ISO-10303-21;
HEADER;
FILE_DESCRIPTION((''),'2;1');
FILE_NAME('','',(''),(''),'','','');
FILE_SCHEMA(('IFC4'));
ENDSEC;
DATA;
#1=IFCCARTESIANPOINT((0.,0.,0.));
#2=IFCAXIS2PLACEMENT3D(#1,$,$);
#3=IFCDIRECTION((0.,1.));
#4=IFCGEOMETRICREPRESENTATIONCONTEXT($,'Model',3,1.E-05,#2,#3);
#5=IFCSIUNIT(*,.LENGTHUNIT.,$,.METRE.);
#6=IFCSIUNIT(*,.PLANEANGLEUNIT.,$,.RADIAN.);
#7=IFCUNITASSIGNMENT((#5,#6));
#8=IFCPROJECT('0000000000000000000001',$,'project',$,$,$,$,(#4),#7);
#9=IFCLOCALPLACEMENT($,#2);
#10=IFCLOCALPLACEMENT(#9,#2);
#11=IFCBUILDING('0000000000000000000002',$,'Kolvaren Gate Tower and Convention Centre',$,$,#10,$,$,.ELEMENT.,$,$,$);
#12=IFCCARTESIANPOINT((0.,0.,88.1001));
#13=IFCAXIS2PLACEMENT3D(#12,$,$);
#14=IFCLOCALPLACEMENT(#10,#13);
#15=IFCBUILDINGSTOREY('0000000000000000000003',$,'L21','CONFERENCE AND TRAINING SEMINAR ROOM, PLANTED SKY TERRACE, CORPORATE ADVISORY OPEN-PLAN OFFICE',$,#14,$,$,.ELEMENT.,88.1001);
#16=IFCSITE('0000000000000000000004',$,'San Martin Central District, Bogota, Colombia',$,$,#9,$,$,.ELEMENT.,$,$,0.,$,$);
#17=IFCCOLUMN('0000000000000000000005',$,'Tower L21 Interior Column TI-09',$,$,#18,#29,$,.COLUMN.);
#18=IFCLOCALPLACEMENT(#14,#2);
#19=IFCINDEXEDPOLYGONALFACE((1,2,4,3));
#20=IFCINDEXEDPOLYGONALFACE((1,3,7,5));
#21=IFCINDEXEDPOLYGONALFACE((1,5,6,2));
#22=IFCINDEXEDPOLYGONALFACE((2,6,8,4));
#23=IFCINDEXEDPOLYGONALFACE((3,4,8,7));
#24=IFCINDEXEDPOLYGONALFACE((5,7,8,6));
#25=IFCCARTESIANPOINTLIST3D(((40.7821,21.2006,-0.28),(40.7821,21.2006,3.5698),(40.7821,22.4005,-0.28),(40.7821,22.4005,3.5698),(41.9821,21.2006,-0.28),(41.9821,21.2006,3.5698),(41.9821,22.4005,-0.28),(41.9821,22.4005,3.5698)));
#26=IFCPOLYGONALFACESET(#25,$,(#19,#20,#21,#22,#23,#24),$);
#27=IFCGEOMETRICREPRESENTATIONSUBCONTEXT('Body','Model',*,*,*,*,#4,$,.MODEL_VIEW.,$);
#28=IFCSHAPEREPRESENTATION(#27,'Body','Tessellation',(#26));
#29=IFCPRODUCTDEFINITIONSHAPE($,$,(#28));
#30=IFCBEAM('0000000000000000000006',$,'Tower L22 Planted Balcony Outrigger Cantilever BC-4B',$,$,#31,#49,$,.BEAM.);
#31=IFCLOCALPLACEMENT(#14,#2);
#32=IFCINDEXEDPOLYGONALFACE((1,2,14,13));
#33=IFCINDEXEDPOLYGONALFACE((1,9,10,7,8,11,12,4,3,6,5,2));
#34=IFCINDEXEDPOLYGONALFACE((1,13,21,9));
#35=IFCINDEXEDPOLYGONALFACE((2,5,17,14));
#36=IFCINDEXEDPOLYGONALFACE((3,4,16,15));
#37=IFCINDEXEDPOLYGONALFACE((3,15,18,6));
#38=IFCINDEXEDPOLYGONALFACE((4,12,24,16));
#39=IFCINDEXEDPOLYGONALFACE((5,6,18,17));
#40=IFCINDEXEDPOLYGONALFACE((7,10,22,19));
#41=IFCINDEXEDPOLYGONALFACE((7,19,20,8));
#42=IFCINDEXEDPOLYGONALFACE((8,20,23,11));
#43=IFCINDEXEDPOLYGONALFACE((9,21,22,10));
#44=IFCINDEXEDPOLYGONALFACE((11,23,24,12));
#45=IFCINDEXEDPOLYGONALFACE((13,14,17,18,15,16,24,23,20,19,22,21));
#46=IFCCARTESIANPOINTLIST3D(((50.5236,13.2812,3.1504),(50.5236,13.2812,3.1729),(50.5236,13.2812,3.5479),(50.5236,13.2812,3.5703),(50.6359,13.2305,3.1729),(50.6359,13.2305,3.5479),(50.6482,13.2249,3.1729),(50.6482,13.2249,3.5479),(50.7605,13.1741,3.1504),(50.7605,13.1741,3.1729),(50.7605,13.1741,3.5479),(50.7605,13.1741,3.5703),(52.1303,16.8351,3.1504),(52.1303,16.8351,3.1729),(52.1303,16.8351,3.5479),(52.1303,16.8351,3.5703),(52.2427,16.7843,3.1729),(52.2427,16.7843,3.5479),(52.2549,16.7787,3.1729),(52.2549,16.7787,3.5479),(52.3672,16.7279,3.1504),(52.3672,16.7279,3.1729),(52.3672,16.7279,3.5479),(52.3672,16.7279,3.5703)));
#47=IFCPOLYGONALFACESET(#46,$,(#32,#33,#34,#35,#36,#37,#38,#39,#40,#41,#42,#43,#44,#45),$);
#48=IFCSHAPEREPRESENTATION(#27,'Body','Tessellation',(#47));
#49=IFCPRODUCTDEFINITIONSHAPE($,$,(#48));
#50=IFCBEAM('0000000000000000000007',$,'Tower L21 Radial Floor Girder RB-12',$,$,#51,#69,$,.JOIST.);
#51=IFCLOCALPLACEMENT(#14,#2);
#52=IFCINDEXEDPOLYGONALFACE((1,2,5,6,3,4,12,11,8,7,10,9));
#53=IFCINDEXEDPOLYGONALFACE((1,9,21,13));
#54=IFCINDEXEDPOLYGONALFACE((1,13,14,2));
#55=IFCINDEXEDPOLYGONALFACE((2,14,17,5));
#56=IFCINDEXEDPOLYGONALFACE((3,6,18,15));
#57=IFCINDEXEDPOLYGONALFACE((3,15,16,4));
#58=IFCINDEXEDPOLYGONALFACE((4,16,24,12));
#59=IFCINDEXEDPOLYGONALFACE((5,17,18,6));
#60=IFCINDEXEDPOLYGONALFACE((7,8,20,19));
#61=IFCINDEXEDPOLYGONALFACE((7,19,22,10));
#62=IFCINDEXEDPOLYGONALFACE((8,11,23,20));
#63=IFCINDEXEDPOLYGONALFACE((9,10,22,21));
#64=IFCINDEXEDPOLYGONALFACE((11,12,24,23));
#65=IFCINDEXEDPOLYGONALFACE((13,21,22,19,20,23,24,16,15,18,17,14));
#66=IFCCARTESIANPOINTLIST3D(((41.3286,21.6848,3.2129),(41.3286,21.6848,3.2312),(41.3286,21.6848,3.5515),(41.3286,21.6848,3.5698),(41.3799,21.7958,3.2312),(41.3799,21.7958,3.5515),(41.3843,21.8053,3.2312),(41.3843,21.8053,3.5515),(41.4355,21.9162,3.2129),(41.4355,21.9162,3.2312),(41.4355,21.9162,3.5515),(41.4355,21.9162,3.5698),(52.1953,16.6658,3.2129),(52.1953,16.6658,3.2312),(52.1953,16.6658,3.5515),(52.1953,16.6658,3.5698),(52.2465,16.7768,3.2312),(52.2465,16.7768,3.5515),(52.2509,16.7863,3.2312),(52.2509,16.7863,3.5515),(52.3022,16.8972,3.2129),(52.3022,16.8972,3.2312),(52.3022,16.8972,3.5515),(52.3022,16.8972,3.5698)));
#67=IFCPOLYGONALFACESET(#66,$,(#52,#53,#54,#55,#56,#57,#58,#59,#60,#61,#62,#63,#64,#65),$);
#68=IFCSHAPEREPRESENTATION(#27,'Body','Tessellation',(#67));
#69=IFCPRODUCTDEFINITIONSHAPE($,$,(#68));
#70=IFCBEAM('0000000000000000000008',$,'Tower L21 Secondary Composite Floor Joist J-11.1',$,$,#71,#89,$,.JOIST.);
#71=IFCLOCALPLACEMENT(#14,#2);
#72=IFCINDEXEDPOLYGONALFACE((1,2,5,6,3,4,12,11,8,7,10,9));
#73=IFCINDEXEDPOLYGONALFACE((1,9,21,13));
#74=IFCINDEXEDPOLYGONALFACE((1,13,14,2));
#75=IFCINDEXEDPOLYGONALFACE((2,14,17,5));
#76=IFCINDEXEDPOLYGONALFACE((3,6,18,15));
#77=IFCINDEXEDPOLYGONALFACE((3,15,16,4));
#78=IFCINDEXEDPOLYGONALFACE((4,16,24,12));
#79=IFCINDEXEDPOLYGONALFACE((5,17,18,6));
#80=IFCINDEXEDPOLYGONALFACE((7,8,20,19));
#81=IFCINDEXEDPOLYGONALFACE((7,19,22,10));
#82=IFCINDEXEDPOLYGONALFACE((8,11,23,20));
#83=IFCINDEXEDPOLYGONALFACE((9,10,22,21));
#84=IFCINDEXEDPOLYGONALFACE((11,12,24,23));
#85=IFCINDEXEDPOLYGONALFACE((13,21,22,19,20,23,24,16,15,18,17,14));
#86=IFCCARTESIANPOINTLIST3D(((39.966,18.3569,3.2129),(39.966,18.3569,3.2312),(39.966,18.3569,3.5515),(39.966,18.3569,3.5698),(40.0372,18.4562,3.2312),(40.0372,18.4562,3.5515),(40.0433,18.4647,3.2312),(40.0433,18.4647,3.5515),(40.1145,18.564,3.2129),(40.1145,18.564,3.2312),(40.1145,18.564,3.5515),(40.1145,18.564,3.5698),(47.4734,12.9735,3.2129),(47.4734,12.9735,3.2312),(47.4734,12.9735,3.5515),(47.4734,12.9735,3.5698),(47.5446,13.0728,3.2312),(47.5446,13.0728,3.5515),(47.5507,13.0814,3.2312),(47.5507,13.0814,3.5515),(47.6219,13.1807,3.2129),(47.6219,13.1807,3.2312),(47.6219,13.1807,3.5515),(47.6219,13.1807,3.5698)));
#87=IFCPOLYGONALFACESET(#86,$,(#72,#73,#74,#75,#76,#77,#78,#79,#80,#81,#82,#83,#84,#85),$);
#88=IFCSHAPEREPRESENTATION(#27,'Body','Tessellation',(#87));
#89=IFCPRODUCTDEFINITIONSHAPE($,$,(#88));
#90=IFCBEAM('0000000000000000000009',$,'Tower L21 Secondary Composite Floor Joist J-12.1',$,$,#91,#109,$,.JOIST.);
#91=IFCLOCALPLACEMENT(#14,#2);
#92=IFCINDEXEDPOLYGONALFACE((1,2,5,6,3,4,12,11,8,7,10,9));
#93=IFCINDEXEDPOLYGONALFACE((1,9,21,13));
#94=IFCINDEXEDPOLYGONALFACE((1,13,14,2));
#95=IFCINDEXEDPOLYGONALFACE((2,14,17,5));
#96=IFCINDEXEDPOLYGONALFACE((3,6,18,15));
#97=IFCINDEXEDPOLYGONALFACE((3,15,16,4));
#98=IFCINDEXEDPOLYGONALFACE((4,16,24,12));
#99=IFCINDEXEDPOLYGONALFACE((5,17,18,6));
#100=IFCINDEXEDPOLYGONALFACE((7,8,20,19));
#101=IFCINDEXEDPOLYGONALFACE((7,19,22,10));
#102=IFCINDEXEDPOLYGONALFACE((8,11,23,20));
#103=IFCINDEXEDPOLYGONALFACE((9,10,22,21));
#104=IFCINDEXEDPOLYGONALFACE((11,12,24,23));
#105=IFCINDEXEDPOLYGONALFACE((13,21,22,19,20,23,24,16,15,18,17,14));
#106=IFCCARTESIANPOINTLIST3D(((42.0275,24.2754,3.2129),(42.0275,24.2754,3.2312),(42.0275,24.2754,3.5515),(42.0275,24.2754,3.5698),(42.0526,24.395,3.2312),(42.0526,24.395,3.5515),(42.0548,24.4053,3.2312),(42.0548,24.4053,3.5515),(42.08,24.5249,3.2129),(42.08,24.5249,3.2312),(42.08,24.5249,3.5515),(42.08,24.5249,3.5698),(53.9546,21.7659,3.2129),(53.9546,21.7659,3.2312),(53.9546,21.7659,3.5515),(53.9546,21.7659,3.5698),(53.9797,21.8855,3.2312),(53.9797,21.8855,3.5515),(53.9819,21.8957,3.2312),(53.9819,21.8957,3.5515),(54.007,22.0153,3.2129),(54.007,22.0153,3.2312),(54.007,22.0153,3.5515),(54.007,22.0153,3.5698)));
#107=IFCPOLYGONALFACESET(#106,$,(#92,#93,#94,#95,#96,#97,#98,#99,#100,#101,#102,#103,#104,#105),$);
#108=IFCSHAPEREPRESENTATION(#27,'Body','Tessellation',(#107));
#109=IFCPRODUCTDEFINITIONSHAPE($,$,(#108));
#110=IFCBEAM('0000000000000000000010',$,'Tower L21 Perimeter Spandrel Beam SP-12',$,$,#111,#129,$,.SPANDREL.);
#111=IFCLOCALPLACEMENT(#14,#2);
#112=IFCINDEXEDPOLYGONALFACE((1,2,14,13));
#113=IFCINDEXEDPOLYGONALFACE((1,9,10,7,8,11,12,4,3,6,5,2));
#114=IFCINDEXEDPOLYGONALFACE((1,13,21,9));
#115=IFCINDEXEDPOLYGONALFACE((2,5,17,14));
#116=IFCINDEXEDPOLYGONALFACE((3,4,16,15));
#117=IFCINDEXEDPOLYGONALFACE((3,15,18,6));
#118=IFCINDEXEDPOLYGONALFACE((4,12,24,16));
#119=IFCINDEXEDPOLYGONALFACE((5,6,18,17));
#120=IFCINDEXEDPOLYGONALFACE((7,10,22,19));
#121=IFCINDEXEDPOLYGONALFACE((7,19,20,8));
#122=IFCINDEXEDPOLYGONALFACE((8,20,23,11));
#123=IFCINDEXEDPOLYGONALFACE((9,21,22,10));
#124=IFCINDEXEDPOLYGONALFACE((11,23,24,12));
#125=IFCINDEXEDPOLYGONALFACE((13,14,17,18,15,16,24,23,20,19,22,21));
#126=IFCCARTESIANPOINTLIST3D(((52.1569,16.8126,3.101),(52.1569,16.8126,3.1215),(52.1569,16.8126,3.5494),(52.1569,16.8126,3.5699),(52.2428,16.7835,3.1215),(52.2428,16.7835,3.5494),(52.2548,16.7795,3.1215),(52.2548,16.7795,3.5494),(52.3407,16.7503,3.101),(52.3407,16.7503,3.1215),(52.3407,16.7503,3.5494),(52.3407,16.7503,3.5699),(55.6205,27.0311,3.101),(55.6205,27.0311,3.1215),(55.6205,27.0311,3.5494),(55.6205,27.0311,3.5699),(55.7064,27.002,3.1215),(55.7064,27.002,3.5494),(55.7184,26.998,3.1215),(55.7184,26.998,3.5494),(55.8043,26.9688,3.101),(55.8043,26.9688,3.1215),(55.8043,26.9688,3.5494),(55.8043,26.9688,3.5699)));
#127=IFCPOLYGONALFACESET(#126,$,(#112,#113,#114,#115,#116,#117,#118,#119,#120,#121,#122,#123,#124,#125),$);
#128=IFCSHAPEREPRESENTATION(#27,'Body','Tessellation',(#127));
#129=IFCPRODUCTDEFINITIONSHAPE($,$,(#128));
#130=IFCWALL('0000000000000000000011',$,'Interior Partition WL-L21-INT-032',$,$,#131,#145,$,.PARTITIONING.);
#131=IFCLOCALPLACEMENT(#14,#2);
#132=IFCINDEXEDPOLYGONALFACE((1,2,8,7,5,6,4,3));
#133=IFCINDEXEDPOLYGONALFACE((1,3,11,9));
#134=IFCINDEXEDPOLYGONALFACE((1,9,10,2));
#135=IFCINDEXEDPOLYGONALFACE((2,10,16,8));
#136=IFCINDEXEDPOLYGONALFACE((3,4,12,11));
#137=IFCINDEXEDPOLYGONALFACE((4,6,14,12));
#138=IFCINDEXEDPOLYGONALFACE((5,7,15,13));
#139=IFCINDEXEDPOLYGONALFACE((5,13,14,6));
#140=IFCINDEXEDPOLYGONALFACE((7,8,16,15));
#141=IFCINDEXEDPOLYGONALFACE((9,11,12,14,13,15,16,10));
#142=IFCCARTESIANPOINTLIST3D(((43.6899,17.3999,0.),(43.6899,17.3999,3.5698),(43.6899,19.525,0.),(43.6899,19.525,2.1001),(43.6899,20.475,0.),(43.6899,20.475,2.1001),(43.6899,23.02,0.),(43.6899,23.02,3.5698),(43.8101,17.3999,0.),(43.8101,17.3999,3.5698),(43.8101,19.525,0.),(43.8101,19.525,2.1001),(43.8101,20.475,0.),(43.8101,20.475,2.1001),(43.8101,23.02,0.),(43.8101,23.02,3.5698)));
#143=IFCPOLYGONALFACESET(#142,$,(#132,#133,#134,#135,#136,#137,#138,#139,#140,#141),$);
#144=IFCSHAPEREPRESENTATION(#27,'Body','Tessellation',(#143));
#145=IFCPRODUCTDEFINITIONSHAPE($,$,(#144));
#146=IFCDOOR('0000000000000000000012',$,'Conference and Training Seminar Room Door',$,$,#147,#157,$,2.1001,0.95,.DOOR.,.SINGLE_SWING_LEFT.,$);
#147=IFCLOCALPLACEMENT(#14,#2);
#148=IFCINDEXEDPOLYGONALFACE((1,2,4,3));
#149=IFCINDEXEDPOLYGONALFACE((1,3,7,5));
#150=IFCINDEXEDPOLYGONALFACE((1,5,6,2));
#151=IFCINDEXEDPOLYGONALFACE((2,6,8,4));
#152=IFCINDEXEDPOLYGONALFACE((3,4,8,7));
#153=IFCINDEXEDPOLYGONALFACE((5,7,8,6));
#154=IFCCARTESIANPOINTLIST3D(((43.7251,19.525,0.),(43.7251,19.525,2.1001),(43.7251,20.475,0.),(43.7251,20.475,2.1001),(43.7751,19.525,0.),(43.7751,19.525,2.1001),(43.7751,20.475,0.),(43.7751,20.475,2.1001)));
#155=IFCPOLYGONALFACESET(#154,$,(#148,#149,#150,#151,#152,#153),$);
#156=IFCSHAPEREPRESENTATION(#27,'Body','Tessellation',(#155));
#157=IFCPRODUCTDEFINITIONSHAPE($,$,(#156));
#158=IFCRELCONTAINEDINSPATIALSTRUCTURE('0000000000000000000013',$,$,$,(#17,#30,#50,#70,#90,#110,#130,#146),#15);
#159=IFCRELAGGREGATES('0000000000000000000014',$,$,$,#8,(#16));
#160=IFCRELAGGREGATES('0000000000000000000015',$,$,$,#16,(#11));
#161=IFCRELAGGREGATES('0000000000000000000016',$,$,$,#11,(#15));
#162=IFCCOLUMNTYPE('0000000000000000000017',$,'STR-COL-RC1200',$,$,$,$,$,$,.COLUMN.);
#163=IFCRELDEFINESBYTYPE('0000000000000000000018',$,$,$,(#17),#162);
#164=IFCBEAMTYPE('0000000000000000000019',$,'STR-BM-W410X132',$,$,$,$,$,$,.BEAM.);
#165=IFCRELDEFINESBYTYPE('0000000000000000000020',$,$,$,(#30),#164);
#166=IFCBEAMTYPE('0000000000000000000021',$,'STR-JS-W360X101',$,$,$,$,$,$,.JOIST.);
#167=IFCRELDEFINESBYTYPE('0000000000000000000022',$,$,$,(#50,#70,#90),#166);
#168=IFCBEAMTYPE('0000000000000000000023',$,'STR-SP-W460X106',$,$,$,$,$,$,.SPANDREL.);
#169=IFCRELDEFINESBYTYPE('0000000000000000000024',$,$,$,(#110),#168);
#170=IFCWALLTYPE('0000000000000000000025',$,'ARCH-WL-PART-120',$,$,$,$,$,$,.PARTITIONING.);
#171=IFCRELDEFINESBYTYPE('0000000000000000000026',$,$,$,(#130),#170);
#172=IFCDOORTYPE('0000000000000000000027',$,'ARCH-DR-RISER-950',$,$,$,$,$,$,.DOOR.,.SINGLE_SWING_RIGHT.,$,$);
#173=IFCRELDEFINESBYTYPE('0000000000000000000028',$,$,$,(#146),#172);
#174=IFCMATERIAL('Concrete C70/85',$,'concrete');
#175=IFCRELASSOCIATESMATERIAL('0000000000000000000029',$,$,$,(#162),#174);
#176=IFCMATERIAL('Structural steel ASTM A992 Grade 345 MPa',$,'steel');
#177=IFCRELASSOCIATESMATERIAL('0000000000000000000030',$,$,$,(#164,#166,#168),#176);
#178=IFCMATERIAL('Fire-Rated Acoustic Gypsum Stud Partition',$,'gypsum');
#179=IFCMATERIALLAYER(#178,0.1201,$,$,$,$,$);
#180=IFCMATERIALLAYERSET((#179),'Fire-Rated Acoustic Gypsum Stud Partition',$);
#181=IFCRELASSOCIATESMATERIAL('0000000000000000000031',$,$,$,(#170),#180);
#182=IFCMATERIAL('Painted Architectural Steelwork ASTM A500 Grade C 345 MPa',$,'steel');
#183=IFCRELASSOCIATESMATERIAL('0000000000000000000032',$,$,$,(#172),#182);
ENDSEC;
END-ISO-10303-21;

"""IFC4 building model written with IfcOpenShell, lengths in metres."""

from ifc_helpers import new_model, si_unit, direction, frame, frame_2d, origin, origin_2d, place, context, subcontext, project, spatial, rectangle, i_section, extrude, material, layer, layer_set, material_profile, profile_set, type_object, element, fill, save


model = new_model("IFC4")

# Units and contexts
model_context = context("Model", 3, precision=1e-05, world=origin(), true_north=direction((0.0, 1.0)))
body_context = subcontext(model_context, "Body", "Model", "MODEL_VIEW")
ifc_project = project(units=[si_unit("LENGTHUNIT", "METRE"), si_unit("PLANEANGLEUNIT", "RADIAN")], contexts=[model_context])

# Site, building, storey
site_placement = place(None, origin())
site = spatial("IfcSite", under=ifc_project, at=site_placement, Name="San Martin Central District, Bogota, Colombia", CompositionType="ELEMENT", RefElevation=0.0)
building_placement = place(site_placement, origin())
building = spatial("IfcBuilding", under=site, at=building_placement, Name="Kolvaren Gate Tower and Convention Centre", CompositionType="ELEMENT")
storey_placement = place(building_placement, frame((0.0, 0.0, 88.1001)))
storey = spatial("IfcBuildingStorey", under=building, at=storey_placement, Name="L21", Description="CONFERENCE AND TRAINING SEMINAR ROOM, PLANTED SKY TERRACE, CORPORATE ADVISORY OPEN-PLAN OFFICE", CompositionType="ELEMENT", Elevation=88.1001)

# Column
ifc_material_1 = material(Name="Concrete C70/85", Category="concrete")
ifc_material_profile_1 = material_profile(ifc_material_1, rectangle(XDim=1.2, YDim=1.2, at=origin_2d()), Name="RC-COL-1200X1200")
ifc_profile_set_1 = profile_set([ifc_material_profile_1], Name="Concrete C70/85")
column_type = type_object("IfcColumnType", Name="STR-COL-RC1200", PredefinedType="COLUMN", material=ifc_profile_set_1)
column_placement = place(storey_placement, frame((41.3821, 21.8005, -0.28), z_axis=(0.0, 0.0, 1.0), x_axis=(1.0, 0.0, 0.0)))
element("IfcColumn", 1, at=column_placement, inside=storey, type_object=column_type, Name="Tower L21 Interior Column TI-09", PredefinedType="COLUMN", context=body_context, shape_type="SweptSolid", body=[
    extrude(rectangle(XDim=1.2, YDim=1.2, at=origin_2d()), origin(), (0.0, 0.0, 1.0), 3.8499),
])

# Beams
ifc_material_2 = material(Name="Structural steel ASTM A992 Grade 345 MPa", Category="steel")
ifc_material_profile_2 = material_profile(ifc_material_2, i_section(OverallWidth=0.26, OverallDepth=0.4199, WebThickness=0.0134, FlangeThickness=0.0225, at=origin_2d()), Name="W410X132")
ifc_profile_set_2 = profile_set([ifc_material_profile_2], Name="Structural steel ASTM A992 Grade 345 MPa")
beam_type_1 = type_object("IfcBeamType", Name="STR-BM-W410X132", PredefinedType="BEAM", material=ifc_profile_set_2)
beam_1_placement = place(storey_placement, frame((52.2488, 16.7815, 3.3604), z_axis=(-0.411967, -0.911199, 0.0), x_axis=(0.911199, -0.411967, 0.0)))
element("IfcBeam", 2, at=beam_1_placement, inside=storey, type_object=beam_type_1, Name="Tower L22 Planted Balcony Outrigger Cantilever BC-4B", PredefinedType="BEAM", context=body_context, shape_type="SweptSolid", body=[
    extrude(i_section(OverallWidth=0.26, OverallDepth=0.4199, WebThickness=0.0134, FlangeThickness=0.0225, at=origin_2d()), origin(), (0.0, 0.0, 1.0), 3.9001),
])
ifc_material_profile_3 = material_profile(ifc_material_2, i_section(OverallWidth=0.2549, OverallDepth=0.3569, WebThickness=0.0105, FlangeThickness=0.0183, at=origin_2d()), Name="W360X101")
ifc_profile_set_3 = profile_set([ifc_material_profile_3], Name="Structural steel ASTM A992 Grade 345 MPa")
beam_type_2 = type_object("IfcBeamType", Name="STR-JS-W360X101", PredefinedType="JOIST", material=ifc_profile_set_3)
beam_2_placement = place(storey_placement, frame((41.3821, 21.8005, 3.3914), z_axis=(0.907844, -0.419309, 0.0), x_axis=(0.419309, 0.907844, 0.0)))
element("IfcBeam", 3, at=beam_2_placement, inside=storey, type_object=beam_type_2, Name="Tower L21 Radial Floor Girder RB-12", PredefinedType="JOIST", context=body_context, shape_type="SweptSolid", body=[
    extrude(i_section(OverallWidth=0.2549, OverallDepth=0.3569, WebThickness=0.0105, FlangeThickness=0.0183, at=origin_2d()), origin(), (0.0, 0.0, 1.0), 11.9697),
])
beam_3_placement = place(storey_placement, frame((40.0403, 18.4604, 3.3914), z_axis=(0.812661, -0.582737, 0.0), x_axis=(0.582737, 0.812661, 0.0)))
element("IfcBeam", 4, at=beam_3_placement, inside=storey, type_object=beam_type_2, Name="Tower L21 Secondary Composite Floor Joist J-11.1", PredefinedType="JOIST", context=body_context, shape_type="SweptSolid", body=[
    extrude(i_section(OverallWidth=0.2549, OverallDepth=0.3569, WebThickness=0.0105, FlangeThickness=0.0183, at=origin_2d()), origin(), (0.0, 0.0, 1.0), 9.238),
])
beam_4_placement = place(storey_placement, frame((42.0537, 24.4001, 3.3914), z_axis=(0.978573, -0.205898, 0.0), x_axis=(0.205898, 0.978573, 0.0)))
element("IfcBeam", 5, at=beam_4_placement, inside=storey, type_object=beam_type_2, Name="Tower L21 Secondary Composite Floor Joist J-12.1", PredefinedType="JOIST", context=body_context, shape_type="SweptSolid", body=[
    extrude(i_section(OverallWidth=0.2549, OverallDepth=0.3569, WebThickness=0.0105, FlangeThickness=0.0183, at=origin_2d()), origin(), (0.0, 0.0, 1.0), 12.1882),
])
ifc_material_profile_4 = material_profile(ifc_material_2, i_section(OverallWidth=0.1941, OverallDepth=0.469, WebThickness=0.0127, FlangeThickness=0.0205, at=origin_2d()), Name="W460X106")
ifc_profile_set_4 = profile_set([ifc_material_profile_4], Name="Structural steel ASTM A992 Grade 345 MPa")
beam_type_3 = type_object("IfcBeamType", Name="STR-SP-W460X106", PredefinedType="SPANDREL", material=ifc_profile_set_4)
beam_5_placement = place(storey_placement, frame((52.2488, 16.7815, 3.3354), z_axis=(0.321016, 0.947074, 0.0), x_axis=(-0.947074, 0.321016, 0.0)))
element("IfcBeam", 6, at=beam_5_placement, inside=storey, type_object=beam_type_3, Name="Tower L21 Perimeter Spandrel Beam SP-12", PredefinedType="SPANDREL", context=body_context, shape_type="SweptSolid", body=[
    extrude(i_section(OverallWidth=0.1941, OverallDepth=0.469, WebThickness=0.0127, FlangeThickness=0.0205, at=origin_2d()), origin(), (0.0, 0.0, 1.0), 10.7896),
])

# Wall, opening, door
ifc_material_3 = material(Name="Fire-Rated Acoustic Gypsum Stud Partition", Category="gypsum")
ifc_layer_1 = layer(ifc_material_3, 0.1201)
ifc_layer_set_1 = layer_set([ifc_layer_1], Name="Fire-Rated Acoustic Gypsum Stud Partition")
wall_type_1 = type_object("IfcWallType", Name="ARCH-WL-PART-120", PredefinedType="PARTITIONING", material=ifc_layer_set_1)
wall_1_placement = place(storey_placement, frame((43.75, 17.3999, 0.0), z_axis=(0.0, 0.0, 1.0), x_axis=(0.0, 1.0, 0.0)))
wall_1 = element("IfcWall", 7, at=wall_1_placement, inside=storey, type_object=wall_type_1, Name="Interior Partition WL-L21-INT-032", PredefinedType="PARTITIONING", context=body_context, shape_type="SweptSolid", body=[
    extrude(rectangle(XDim=5.6201, YDim=0.1201, at=frame_2d((2.8101, 0.0))), origin(), (0.0, 0.0, 1.0), 3.5698),
])
opening_1_placement = place(wall_1_placement, frame((2.125, 0.0, 0.0)))
opening_1 = element("IfcOpeningElement", 8, at=opening_1_placement, cuts=wall_1, PredefinedType="OPENING", context=body_context, shape_type="SweptSolid", body=[
    extrude(rectangle(XDim=0.95, YDim=2.1001, at=frame_2d((0.4751, 1.05))), frame((0.0, 0.0701, 0.0), z_axis=(0.0, -1.0, 0.0), x_axis=(1.0, 0.0, 0.0)), (0.0, 0.0, 1.0), 0.1401),
])
ifc_material_4 = material(Name="Painted Architectural Steelwork ASTM A500 Grade C 345 MPa", Category="steel")
door_type = type_object("IfcDoorType", Name="ARCH-DR-RISER-950", OperationType="SINGLE_SWING_RIGHT", PredefinedType="DOOR", material=ifc_material_4)
door_1_placement = place(opening_1_placement, origin())
door_1 = element("IfcDoor", 9, at=door_1_placement, inside=storey, type_object=door_type, Name="Conference and Training Seminar Room Door", OperationType="SINGLE_SWING_LEFT", OverallHeight=2.1001, OverallWidth=0.95, PredefinedType="DOOR", context=body_context, shape_type="SweptSolid", body=[
    extrude(rectangle(XDim=0.95, YDim=2.1001, at=frame_2d((0.4751, 1.05))), frame((0.0, 0.0249, 0.0), z_axis=(0.0, -1.0, 0.0), x_axis=(1.0, 0.0, 0.0)), (0.0, 0.0, 1.0), 0.05),
])
fill(opening_1, door_1)

save(model, "model.ifc")
